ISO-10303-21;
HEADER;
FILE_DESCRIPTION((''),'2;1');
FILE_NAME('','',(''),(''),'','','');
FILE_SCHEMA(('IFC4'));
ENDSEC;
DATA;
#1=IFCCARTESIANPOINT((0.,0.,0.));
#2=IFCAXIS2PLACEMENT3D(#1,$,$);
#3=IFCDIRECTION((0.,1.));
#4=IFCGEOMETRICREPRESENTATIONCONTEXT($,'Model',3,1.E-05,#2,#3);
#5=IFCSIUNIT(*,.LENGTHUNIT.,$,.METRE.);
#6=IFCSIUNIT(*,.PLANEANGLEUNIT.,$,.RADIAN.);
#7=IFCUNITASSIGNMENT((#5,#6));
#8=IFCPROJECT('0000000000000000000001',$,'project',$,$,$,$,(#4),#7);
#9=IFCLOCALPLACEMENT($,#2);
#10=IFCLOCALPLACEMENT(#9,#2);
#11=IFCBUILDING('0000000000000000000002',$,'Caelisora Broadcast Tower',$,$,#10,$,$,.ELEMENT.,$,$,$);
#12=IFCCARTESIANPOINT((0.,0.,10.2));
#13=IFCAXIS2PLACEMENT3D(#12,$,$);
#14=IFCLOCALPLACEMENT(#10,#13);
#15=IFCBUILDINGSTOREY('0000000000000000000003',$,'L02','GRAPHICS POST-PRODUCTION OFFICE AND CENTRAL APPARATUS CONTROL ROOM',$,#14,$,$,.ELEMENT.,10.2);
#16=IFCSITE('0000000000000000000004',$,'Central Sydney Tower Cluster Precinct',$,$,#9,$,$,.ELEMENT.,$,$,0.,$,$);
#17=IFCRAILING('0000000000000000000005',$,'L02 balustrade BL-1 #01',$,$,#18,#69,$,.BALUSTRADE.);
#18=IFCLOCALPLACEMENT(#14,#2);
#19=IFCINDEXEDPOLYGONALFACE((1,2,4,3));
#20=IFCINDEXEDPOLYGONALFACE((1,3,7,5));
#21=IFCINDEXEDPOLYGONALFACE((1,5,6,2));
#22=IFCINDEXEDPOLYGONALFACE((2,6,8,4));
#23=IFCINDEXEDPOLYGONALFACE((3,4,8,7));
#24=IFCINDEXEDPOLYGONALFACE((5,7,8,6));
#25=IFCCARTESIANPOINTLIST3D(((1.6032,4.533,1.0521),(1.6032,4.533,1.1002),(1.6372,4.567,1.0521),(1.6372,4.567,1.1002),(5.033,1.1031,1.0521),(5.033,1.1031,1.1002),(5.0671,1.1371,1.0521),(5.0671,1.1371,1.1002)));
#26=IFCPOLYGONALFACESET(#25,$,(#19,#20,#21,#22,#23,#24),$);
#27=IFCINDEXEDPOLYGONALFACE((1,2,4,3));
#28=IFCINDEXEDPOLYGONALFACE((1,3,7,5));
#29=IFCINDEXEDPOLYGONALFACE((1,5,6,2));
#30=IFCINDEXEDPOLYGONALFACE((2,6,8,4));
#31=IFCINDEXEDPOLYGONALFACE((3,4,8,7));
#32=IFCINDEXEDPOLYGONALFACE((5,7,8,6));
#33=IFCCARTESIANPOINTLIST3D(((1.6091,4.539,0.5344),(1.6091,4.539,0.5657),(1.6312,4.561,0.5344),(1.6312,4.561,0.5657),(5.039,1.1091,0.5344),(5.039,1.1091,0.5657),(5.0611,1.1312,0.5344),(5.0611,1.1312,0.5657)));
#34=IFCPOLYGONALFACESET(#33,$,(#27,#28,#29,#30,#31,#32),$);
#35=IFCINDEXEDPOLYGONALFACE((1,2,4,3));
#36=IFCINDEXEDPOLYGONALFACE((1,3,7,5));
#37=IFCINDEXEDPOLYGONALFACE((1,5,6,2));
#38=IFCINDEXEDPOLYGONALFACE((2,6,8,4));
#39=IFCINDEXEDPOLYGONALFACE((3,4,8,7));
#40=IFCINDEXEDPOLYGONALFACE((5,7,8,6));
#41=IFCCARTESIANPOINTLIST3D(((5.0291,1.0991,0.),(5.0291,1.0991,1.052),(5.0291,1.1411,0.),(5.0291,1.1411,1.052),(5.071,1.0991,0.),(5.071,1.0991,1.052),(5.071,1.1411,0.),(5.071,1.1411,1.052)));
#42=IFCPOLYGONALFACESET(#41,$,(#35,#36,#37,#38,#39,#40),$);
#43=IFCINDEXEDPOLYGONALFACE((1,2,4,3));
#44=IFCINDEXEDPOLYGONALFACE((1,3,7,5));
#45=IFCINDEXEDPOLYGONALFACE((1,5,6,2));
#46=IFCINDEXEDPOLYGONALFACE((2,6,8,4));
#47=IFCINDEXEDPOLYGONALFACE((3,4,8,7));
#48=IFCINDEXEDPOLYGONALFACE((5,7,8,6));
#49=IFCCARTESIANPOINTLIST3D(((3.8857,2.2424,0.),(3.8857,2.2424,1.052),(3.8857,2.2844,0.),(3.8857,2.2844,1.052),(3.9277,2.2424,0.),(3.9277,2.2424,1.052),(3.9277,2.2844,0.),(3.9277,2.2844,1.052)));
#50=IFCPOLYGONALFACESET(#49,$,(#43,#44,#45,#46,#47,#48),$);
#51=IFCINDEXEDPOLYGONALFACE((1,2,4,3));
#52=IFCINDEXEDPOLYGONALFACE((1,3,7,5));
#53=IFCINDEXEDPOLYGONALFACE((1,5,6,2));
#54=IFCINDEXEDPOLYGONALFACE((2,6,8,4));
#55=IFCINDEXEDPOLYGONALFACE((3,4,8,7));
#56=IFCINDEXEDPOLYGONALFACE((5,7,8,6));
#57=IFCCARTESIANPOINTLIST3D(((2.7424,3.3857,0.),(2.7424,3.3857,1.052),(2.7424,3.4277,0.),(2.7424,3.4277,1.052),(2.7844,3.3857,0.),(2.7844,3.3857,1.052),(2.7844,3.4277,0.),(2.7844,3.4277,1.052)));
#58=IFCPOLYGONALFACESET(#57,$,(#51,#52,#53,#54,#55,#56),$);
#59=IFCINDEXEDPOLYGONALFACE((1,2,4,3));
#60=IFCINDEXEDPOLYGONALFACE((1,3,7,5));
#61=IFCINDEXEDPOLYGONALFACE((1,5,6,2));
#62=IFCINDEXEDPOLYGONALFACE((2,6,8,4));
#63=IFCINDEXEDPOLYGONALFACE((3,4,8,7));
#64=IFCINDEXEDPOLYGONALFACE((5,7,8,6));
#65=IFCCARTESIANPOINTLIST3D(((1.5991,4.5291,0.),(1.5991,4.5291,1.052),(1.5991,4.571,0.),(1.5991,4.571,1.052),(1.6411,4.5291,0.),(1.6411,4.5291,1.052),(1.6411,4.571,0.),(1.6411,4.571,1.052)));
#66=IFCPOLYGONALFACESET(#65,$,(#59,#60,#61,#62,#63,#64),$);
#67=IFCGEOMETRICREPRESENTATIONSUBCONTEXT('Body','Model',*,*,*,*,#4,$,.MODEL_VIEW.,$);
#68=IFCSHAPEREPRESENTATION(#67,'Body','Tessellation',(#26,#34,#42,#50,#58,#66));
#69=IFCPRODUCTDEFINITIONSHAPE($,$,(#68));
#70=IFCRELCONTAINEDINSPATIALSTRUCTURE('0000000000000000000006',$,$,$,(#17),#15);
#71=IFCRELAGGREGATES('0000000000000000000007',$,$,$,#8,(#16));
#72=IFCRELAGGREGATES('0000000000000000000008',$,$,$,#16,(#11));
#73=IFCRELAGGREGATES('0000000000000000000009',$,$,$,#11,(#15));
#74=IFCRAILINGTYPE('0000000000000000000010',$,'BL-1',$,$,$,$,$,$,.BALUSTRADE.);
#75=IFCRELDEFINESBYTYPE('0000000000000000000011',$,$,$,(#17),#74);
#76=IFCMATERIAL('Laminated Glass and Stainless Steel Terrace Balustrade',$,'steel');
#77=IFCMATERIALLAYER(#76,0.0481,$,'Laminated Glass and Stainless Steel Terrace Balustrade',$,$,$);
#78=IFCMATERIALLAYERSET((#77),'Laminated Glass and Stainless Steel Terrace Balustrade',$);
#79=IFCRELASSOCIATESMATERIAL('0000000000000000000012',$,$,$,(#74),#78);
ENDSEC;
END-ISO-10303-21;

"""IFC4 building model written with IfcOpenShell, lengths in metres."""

from ifc_helpers import new_model, si_unit, direction, frame, origin, origin_2d, place, context, subcontext, project, spatial, rectangle, extrude, material, layer, layer_set, type_object, element, save


model = new_model("IFC4")

# Units and contexts
model_context = context("Model", 3, precision=1e-05, world=origin(), true_north=direction((0.0, 1.0)))
body_context = subcontext(model_context, "Body", "Model", "MODEL_VIEW")
ifc_project = project(units=[si_unit("LENGTHUNIT", "METRE"), si_unit("PLANEANGLEUNIT", "RADIAN")], contexts=[model_context])

# Site, building, storey
site_placement = place(None, origin())
site = spatial("IfcSite", under=ifc_project, at=site_placement, Name="Central Sydney Tower Cluster Precinct", CompositionType="ELEMENT", RefElevation=0.0)
building_placement = place(site_placement, origin())
building = spatial("IfcBuilding", under=site, at=building_placement, Name="Caelisora Broadcast Tower", CompositionType="ELEMENT")
storey_placement = place(building_placement, frame((0.0, 0.0, 10.2)))
storey = spatial("IfcBuildingStorey", under=building, at=storey_placement, Name="L02", Description="GRAPHICS POST-PRODUCTION OFFICE AND CENTRAL APPARATUS CONTROL ROOM", CompositionType="ELEMENT", Elevation=10.2)

# Railing
ifc_material_1 = material(Name="Laminated Glass and Stainless Steel Terrace Balustrade", Category="steel")
ifc_layer_1 = layer(ifc_material_1, 0.0481, Name="Laminated Glass and Stainless Steel Terrace Balustrade")
ifc_layer_set_1 = layer_set([ifc_layer_1], Name="Laminated Glass and Stainless Steel Terrace Balustrade")
railing_type = type_object("IfcRailingType", Name="BL-1", PredefinedType="BALUSTRADE", material=ifc_layer_set_1)
railing_1_placement = place(storey_placement, frame((5.05, 1.1201, 0.0)))
element("IfcRailing", 1, at=railing_1_placement, inside=storey, type_object=railing_type, Name="L02 balustrade BL-1 #01", PredefinedType="BALUSTRADE", context=body_context, shape_type="SweptSolid", body=[
    extrude(rectangle(XDim=0.0481, YDim=0.0481, at=origin_2d()), frame((0.0, 0.0, 1.0762), z_axis=(-0.707107, 0.707107, 0.0), x_axis=(-0.707107, -0.707107, 0.0)), (0.0, 0.0, 1.0), 4.8506),
    extrude(rectangle(XDim=0.0312, YDim=0.0312, at=origin_2d()), frame((0.0, 0.0, 0.55), z_axis=(-0.707107, 0.707107, 0.0), x_axis=(-0.707107, -0.707107, 0.0)), (0.0, 0.0, 1.0), 4.8506),
    extrude(rectangle(XDim=0.042, YDim=0.042, at=origin_2d()), origin(), (0.0, 0.0, 1.0), 1.052),
    extrude(rectangle(XDim=0.042, YDim=0.042, at=origin_2d()), frame((-1.1433, 1.1433, 0.0)), (0.0, 0.0, 1.0), 1.052),
    extrude(rectangle(XDim=0.042, YDim=0.042, at=origin_2d()), frame((-2.2866, 2.2866, 0.0)), (0.0, 0.0, 1.0), 1.052),
    extrude(rectangle(XDim=0.042, YDim=0.042, at=origin_2d()), frame((-3.4299, 3.4299, 0.0)), (0.0, 0.0, 1.0), 1.052),
])

save(model, "model.ifc")
